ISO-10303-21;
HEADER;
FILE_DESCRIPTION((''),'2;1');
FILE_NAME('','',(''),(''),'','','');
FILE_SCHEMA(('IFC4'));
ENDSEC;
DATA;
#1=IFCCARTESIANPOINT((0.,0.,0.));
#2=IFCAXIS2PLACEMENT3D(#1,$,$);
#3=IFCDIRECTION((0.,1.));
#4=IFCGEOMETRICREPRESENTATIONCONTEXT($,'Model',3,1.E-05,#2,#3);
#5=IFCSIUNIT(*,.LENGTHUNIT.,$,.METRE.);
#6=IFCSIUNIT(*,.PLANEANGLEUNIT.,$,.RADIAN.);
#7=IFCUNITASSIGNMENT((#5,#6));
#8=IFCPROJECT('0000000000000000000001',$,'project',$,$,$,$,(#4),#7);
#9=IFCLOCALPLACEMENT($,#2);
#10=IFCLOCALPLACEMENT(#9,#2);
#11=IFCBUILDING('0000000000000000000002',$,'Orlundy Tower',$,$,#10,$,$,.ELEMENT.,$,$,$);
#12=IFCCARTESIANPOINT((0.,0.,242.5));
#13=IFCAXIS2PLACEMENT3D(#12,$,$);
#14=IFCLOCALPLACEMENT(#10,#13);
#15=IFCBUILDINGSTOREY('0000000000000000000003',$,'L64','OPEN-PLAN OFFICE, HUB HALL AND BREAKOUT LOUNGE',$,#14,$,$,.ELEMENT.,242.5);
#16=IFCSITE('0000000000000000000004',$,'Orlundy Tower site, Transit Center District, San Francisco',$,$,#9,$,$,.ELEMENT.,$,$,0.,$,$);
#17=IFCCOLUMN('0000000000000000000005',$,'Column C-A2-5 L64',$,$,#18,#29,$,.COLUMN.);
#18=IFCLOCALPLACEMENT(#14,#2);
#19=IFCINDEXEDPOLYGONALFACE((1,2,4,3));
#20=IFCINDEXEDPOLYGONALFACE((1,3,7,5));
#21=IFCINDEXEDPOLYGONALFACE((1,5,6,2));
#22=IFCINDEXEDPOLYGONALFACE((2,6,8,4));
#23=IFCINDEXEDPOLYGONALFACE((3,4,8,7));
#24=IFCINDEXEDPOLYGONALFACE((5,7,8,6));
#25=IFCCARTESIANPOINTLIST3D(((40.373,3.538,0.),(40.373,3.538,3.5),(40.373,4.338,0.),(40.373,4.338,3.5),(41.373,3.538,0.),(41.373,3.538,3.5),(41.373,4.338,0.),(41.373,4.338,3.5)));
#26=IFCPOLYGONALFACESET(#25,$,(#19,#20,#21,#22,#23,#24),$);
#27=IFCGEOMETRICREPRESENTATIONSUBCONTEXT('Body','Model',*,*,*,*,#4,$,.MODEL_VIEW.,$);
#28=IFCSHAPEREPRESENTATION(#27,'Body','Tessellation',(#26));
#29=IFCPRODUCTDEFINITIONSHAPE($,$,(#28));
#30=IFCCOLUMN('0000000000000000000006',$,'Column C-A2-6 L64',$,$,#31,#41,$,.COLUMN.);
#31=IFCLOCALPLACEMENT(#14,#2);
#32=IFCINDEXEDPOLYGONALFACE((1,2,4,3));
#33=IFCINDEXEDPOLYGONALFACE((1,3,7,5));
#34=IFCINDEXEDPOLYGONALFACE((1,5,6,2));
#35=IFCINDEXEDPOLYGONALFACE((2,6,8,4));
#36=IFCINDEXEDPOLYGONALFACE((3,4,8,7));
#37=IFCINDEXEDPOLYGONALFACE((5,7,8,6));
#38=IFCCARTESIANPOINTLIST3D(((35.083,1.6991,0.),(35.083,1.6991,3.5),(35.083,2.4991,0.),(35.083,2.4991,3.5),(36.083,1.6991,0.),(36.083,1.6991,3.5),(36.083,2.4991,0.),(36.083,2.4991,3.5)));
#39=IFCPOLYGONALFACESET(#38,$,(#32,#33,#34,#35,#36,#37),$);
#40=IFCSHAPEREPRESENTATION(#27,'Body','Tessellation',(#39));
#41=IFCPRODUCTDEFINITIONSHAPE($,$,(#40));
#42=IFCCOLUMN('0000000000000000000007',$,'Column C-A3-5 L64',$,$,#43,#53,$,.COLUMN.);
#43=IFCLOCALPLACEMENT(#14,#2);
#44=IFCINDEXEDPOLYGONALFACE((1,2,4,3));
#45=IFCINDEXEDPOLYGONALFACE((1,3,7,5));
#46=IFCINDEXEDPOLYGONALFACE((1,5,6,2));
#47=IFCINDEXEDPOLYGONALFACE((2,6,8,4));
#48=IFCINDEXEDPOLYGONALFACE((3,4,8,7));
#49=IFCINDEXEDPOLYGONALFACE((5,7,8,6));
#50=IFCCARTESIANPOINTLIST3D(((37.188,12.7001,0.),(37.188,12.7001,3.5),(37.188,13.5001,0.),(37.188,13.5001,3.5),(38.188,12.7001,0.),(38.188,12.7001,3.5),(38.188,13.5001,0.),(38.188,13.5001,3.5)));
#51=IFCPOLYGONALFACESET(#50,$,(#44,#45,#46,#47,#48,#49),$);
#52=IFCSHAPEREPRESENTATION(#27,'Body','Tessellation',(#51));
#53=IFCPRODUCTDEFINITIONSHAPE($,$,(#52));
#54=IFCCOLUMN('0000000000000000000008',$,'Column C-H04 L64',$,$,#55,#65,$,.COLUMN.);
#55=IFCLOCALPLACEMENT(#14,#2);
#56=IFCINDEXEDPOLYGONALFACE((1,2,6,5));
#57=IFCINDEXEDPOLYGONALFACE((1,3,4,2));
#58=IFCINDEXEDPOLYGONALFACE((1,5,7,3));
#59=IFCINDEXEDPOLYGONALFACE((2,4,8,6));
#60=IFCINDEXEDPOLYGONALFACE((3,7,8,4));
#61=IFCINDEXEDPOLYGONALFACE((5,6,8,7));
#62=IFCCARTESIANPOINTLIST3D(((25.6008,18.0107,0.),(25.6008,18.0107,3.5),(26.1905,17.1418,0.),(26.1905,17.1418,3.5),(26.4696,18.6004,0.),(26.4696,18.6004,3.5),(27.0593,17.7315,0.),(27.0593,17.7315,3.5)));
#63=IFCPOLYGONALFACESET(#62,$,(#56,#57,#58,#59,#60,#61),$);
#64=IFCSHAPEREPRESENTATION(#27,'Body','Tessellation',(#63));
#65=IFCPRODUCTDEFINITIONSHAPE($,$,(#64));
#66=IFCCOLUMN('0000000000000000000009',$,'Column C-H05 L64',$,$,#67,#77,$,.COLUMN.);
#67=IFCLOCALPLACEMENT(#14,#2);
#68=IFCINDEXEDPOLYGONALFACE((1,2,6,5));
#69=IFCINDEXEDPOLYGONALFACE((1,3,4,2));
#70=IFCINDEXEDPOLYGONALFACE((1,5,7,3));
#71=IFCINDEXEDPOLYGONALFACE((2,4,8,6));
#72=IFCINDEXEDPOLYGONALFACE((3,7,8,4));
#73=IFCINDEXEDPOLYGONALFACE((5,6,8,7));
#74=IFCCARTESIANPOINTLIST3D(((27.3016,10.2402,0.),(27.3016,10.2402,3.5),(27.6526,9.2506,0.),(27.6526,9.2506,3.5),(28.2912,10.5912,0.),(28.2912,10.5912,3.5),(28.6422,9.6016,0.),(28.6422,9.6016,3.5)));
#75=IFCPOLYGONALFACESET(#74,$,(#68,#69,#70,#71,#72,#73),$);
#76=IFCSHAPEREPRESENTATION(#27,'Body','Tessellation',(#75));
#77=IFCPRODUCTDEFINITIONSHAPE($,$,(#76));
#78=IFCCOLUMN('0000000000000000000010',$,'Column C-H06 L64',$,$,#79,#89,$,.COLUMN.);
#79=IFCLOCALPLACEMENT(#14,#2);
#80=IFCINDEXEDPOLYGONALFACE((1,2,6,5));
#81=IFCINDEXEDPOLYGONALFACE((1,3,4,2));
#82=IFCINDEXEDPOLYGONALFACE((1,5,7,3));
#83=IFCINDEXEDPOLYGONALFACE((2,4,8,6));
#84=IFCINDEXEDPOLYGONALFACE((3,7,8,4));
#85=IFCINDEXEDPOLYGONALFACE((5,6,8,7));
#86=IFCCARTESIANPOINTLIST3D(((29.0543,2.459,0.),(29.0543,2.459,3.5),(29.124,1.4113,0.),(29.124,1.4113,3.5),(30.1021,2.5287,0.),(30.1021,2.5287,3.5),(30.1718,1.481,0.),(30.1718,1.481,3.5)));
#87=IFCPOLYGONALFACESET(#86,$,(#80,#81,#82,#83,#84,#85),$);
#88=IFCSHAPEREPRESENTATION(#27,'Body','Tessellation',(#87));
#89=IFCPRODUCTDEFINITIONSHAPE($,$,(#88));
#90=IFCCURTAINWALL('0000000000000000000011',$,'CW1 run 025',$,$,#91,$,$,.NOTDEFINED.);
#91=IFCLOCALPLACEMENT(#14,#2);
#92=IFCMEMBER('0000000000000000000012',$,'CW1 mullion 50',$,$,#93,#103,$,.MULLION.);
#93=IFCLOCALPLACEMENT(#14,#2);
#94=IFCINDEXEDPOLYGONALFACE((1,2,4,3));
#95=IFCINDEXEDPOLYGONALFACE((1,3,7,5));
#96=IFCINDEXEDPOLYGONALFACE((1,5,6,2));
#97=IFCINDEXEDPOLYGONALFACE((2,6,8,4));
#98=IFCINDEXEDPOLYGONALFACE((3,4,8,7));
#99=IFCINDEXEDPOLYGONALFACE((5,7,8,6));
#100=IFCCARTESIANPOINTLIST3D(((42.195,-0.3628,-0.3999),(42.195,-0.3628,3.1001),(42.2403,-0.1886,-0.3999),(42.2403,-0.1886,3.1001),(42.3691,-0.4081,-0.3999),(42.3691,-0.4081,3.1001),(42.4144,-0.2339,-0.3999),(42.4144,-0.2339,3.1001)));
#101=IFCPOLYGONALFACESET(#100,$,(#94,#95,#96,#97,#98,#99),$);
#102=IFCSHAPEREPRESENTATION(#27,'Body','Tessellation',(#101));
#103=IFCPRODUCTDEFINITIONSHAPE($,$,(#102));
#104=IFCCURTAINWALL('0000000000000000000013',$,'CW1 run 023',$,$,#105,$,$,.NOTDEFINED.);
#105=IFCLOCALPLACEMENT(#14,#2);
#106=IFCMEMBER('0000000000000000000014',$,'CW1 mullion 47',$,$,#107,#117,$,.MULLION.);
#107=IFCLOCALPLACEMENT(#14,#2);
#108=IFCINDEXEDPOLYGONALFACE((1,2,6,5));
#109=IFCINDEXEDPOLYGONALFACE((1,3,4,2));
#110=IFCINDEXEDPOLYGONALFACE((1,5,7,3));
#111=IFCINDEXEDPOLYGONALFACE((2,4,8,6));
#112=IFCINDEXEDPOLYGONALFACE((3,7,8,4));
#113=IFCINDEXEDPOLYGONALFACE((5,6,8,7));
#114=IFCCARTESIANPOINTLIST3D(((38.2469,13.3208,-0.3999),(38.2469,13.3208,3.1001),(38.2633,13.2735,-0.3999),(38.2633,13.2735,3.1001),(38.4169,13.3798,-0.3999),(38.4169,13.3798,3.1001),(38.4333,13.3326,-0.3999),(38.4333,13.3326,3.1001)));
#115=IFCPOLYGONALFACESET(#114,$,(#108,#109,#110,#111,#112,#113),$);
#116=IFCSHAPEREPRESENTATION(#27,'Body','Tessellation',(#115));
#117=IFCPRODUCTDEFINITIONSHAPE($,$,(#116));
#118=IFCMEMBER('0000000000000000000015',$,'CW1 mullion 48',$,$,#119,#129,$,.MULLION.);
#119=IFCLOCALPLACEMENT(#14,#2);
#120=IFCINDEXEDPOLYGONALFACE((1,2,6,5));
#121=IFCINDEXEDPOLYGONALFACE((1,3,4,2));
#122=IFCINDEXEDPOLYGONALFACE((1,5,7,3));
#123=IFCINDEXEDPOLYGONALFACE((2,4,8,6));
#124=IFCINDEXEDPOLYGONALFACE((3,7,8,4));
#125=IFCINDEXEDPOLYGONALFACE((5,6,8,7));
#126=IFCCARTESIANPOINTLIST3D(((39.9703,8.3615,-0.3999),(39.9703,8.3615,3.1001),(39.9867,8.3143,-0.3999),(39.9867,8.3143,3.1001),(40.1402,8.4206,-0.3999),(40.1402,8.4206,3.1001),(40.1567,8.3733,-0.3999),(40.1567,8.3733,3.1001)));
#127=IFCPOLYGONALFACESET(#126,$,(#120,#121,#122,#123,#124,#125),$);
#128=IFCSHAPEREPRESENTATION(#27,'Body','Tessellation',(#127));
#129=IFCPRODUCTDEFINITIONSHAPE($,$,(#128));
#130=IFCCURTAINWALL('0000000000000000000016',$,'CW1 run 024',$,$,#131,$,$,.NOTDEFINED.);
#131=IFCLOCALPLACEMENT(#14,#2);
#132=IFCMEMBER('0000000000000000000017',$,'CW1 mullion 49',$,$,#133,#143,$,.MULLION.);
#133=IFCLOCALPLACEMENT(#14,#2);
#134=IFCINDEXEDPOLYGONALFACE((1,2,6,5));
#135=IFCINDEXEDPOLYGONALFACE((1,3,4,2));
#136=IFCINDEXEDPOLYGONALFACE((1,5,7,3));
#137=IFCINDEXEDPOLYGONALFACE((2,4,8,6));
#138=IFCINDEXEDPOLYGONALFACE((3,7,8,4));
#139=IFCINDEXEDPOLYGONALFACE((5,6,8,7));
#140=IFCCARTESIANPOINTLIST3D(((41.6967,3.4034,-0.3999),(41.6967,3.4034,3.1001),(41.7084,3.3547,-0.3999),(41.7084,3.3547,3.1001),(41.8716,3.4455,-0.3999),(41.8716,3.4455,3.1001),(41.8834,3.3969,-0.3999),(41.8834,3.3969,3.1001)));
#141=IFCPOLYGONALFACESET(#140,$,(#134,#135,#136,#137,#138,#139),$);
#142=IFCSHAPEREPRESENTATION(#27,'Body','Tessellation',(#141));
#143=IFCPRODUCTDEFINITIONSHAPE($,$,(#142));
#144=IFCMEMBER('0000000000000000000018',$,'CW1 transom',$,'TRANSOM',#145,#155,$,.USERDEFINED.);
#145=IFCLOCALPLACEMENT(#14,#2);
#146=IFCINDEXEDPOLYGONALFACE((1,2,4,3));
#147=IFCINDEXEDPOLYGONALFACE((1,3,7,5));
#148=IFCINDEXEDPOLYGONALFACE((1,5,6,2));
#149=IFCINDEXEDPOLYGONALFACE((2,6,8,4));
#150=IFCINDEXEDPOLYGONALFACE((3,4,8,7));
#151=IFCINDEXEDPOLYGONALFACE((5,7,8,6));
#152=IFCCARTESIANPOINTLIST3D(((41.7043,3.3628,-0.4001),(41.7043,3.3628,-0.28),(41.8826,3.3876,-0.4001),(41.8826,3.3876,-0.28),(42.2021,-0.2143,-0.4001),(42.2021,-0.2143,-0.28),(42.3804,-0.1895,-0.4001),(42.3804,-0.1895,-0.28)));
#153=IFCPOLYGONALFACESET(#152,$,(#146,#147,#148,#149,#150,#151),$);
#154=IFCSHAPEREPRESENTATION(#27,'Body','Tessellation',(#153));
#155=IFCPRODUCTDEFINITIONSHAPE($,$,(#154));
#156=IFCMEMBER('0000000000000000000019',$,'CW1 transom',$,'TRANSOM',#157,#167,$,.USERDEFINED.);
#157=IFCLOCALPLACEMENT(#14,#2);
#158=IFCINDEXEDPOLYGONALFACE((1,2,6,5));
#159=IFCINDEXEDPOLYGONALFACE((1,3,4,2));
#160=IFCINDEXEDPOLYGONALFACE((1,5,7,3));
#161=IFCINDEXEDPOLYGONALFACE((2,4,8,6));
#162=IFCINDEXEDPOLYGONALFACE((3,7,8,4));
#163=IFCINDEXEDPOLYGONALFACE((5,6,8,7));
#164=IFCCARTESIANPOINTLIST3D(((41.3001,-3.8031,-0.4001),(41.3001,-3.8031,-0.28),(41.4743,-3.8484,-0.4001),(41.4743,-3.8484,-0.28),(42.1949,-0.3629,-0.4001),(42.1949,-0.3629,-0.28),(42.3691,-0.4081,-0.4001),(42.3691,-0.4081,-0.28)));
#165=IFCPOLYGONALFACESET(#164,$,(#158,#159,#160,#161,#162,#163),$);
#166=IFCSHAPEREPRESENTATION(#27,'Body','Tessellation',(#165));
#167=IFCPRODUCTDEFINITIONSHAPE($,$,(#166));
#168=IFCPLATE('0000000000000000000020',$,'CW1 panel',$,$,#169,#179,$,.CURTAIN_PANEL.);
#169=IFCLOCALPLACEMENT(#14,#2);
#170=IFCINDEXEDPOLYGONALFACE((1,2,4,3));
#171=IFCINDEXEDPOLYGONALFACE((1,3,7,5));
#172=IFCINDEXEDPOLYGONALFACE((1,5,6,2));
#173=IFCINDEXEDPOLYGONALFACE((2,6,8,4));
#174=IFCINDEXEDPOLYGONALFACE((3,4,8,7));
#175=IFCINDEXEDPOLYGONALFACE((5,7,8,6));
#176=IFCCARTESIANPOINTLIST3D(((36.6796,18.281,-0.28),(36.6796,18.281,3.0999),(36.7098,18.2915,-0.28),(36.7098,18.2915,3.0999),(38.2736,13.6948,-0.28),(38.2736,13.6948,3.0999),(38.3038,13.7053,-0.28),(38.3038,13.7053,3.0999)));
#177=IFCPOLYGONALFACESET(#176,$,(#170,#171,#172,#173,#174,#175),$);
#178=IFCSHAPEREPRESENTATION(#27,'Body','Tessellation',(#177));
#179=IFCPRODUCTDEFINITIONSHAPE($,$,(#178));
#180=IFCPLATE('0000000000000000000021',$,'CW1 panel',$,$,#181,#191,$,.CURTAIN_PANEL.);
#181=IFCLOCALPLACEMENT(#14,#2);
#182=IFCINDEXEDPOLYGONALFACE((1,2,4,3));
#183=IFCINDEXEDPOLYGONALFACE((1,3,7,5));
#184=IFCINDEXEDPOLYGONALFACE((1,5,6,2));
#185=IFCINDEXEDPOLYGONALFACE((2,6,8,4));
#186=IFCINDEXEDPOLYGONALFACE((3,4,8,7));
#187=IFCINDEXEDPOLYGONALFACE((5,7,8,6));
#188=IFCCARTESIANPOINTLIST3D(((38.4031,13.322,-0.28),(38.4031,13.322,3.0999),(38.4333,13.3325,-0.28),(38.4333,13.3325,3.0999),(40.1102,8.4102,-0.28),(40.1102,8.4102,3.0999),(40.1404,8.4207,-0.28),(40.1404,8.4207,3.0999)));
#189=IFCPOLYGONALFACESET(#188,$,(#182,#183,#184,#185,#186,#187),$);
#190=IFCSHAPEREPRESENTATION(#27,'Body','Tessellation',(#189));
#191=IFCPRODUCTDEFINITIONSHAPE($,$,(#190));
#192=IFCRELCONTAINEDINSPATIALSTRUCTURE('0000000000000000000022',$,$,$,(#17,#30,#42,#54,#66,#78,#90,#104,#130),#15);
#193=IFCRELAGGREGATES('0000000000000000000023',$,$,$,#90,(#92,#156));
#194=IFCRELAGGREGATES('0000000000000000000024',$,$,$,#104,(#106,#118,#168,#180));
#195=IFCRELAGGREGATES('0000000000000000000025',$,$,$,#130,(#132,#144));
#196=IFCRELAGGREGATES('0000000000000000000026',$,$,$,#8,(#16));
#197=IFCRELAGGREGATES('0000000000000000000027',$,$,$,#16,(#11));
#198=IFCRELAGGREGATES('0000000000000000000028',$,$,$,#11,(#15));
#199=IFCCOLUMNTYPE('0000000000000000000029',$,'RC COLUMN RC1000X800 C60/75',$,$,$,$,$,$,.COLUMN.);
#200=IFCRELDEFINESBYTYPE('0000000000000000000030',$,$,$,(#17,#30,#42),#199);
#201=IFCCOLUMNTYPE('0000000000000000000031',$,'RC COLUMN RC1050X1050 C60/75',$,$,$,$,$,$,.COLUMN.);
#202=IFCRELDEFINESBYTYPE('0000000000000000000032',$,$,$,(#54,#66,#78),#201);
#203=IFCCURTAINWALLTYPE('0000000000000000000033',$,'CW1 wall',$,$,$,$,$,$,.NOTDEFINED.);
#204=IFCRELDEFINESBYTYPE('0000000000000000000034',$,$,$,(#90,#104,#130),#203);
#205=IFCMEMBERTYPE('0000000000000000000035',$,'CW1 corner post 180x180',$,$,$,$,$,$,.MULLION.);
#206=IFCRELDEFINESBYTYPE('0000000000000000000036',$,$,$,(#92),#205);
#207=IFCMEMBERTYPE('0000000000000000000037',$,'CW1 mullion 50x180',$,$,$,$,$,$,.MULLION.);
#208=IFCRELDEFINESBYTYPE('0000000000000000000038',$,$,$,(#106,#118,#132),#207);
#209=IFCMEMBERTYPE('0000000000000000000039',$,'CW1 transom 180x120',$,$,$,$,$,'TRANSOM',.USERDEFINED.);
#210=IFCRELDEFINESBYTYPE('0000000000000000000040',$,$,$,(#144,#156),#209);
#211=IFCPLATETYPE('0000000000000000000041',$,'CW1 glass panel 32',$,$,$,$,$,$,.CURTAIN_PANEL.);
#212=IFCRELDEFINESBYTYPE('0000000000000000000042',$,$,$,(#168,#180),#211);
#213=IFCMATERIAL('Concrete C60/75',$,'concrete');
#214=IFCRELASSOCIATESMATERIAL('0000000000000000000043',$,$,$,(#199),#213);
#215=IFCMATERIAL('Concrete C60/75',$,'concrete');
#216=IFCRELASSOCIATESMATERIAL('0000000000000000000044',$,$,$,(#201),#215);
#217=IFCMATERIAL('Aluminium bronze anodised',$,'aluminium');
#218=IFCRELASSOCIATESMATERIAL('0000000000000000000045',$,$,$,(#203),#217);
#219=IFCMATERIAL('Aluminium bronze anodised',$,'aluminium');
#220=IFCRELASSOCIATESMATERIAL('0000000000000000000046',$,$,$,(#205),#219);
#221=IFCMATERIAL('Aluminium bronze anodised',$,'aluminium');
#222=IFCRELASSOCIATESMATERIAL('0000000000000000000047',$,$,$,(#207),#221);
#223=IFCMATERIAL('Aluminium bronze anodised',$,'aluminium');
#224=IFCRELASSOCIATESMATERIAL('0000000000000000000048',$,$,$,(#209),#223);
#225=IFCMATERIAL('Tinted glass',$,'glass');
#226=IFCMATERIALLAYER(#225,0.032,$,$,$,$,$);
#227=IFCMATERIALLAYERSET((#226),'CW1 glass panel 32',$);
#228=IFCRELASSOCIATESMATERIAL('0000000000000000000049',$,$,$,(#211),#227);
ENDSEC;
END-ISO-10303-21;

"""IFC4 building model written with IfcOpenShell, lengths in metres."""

from ifc_helpers import new_model, si_unit, direction, frame, origin, origin_2d, place, context, subcontext, project, spatial, rectangle, extrude, material, layer, layer_set, material_profile, profile_set, type_object, element, aggregate, save


model = new_model("IFC4")

# Units and contexts
model_context = context("Model", 3, precision=1e-05, world=origin(), true_north=direction((0.0, 1.0)))
body_context = subcontext(model_context, "Body", "Model", "MODEL_VIEW")
ifc_project = project(units=[si_unit("LENGTHUNIT", "METRE"), si_unit("PLANEANGLEUNIT", "RADIAN")], contexts=[model_context])

# Site, building, storey
site_placement = place(None, origin())
site = spatial("IfcSite", under=ifc_project, at=site_placement, Name="Orlundy Tower site, Transit Center District, San Francisco", CompositionType="ELEMENT", RefElevation=0.0)
building_placement = place(site_placement, origin())
building = spatial("IfcBuilding", under=site, at=building_placement, Name="Orlundy Tower", CompositionType="ELEMENT")
storey_placement = place(building_placement, frame((0.0, 0.0, 242.5)))
storey = spatial("IfcBuildingStorey", under=building, at=storey_placement, Name="L64", Description="OPEN-PLAN OFFICE, HUB HALL AND BREAKOUT LOUNGE", CompositionType="ELEMENT", Elevation=242.5)

# Columns
ifc_material_1 = material(Name="Concrete C60/75", Category="concrete")
ifc_material_profile_1 = material_profile(ifc_material_1, rectangle(XDim=1.0, YDim=0.8, at=origin_2d()), Name="RC1000X800")
ifc_profile_set_1 = profile_set([ifc_material_profile_1], Name="Concrete C60/75")
column_type_1 = type_object("IfcColumnType", Name="RC COLUMN RC1000X800 C60/75", PredefinedType="COLUMN", material=ifc_profile_set_1)
for number, where, z_axis, x_axis, name in (
    (1, (40.873, 3.938, 0.0), (0.0, 0.0, 1.0), (1.0, 0.0, 0.0), "Column C-A2-5 L64"),
    (2, (35.583, 2.0991, 0.0), (0.0, 0.0, 1.0), (1.0, 0.0, 0.0), "Column C-A2-6 L64"),
    (3, (37.688, 13.1001, 0.0), (0.0, 0.0, 1.0), (1.0, 0.0, 0.0), "Column C-A3-5 L64"),
):
    element("IfcColumn", number, at=place(storey_placement, frame(where, z_axis=z_axis, x_axis=x_axis)), inside=storey, type_object=column_type_1, Name=name, PredefinedType="COLUMN", context=body_context, shape_type="SweptSolid", body=[
        extrude(rectangle(XDim=1.0, YDim=0.8, at=origin_2d()), origin(), (0.0, 0.0, 1.0), 3.5),
    ])
ifc_material_2 = material(Name="Concrete C60/75", Category="concrete")
ifc_material_profile_2 = material_profile(ifc_material_2, rectangle(XDim=1.05, YDim=1.05, at=origin_2d()), Name="RC1050X1050")
ifc_profile_set_2 = profile_set([ifc_material_profile_2], Name="Concrete C60/75")
column_type_2 = type_object("IfcColumnType", Name="RC COLUMN RC1050X1050 C60/75", PredefinedType="COLUMN", material=ifc_profile_set_2)
for number, where, z_axis, x_axis, name in (
    (4, (26.3301, 17.8711, 0.0), (0.0, 0.0, 1.0), (0.827414, 0.561592, 0.0), "Column C-H04 L64"),
    (5, (27.9719, 9.9209, 0.0), (0.0, 0.0, 1.0), (0.942478, 0.334267, 0.0), "Column C-H05 L64"),
    (6, (29.613, 1.97, 0.0), (0.0, 0.0, 1.0), (0.997795, 0.066378, 0.0), "Column C-H06 L64"),
):
    element("IfcColumn", number, at=place(storey_placement, frame(where, z_axis=z_axis, x_axis=x_axis)), inside=storey, type_object=column_type_2, Name=name, PredefinedType="COLUMN", context=body_context, shape_type="SweptSolid", body=[
        extrude(rectangle(XDim=1.05, YDim=1.05, at=origin_2d()), origin(), (0.0, 0.0, 1.0), 3.5),
    ])

# Curtain wall, member
ifc_material_3 = material(Name="Aluminium bronze anodised", Category="aluminium")
curtain_wall_type = type_object("IfcCurtainWallType", Name="CW1 wall", PredefinedType="NOTDEFINED", material=ifc_material_3)
curtain_wall_1_placement = place(storey_placement, origin())
curtain_wall_1 = element("IfcCurtainWall", 7, at=curtain_wall_1_placement, inside=storey, type_object=curtain_wall_type, Name="CW1 run 025", PredefinedType="NOTDEFINED")
ifc_material_4 = material(Name="Aluminium bronze anodised", Category="aluminium")
ifc_material_profile_3 = material_profile(ifc_material_4, rectangle(XDim=0.1799, YDim=0.1799, at=origin_2d()), Name="CW1 corner post 180x180")
ifc_profile_set_3 = profile_set([ifc_material_profile_3], Name="Aluminium bronze anodised")
member_type_1 = type_object("IfcMemberType", Name="CW1 corner post 180x180", PredefinedType="MULLION", material=ifc_profile_set_3)
member_1_placement = place(storey_placement, frame((42.3047, -0.2983, -0.3999), z_axis=(0.0, 0.0, 1.0), x_axis=(0.967798, -0.25173, 0.0)))
member_1 = element("IfcMember", 8, at=member_1_placement, type_object=member_type_1, Name="CW1 mullion 50", PredefinedType="MULLION", context=body_context, shape_type="SweptSolid", body=[
    extrude(rectangle(XDim=0.1799, YDim=0.1799, at=origin_2d()), origin(), (0.0, 0.0, 1.0), 3.5),
])

# Curtain walls, members
curtain_wall_2_placement = place(storey_placement, origin())
curtain_wall_2 = element("IfcCurtainWall", 9, at=curtain_wall_2_placement, inside=storey, type_object=curtain_wall_type, Name="CW1 run 023", PredefinedType="NOTDEFINED")
ifc_material_5 = material(Name="Aluminium bronze anodised", Category="aluminium")
ifc_material_profile_4 = material_profile(ifc_material_5, rectangle(XDim=0.1799, YDim=0.05, at=origin_2d()), Name="CW1 mullion 50x180")
ifc_profile_set_4 = profile_set([ifc_material_profile_4], Name="Aluminium bronze anodised")
member_type_2 = type_object("IfcMemberType", Name="CW1 mullion 50x180", PredefinedType="MULLION", material=ifc_profile_set_4)
member_2_placement = place(storey_placement, frame((38.3401, 13.3267, -0.3999), z_axis=(0.0, 0.0, 1.0), x_axis=(0.944578, 0.328288, 0.0)))
member_2 = element("IfcMember", 10, at=member_2_placement, type_object=member_type_2, Name="CW1 mullion 47", PredefinedType="MULLION", context=body_context, shape_type="SweptSolid", body=[
    extrude(rectangle(XDim=0.1799, YDim=0.05, at=origin_2d()), origin(), (0.0, 0.0, 1.0), 3.5),
])
member_3_placement = place(storey_placement, frame((40.0635, 8.3674, -0.3999), z_axis=(0.0, 0.0, 1.0), x_axis=(0.944578, 0.328288, 0.0)))
member_3 = element("IfcMember", 11, at=member_3_placement, type_object=member_type_2, Name="CW1 mullion 48", PredefinedType="MULLION", context=body_context, shape_type="SweptSolid", body=[
    extrude(rectangle(XDim=0.1799, YDim=0.05, at=origin_2d()), origin(), (0.0, 0.0, 1.0), 3.5),
])
curtain_wall_3_placement = place(storey_placement, origin())
curtain_wall_3 = element("IfcCurtainWall", 12, at=curtain_wall_3_placement, inside=storey, type_object=curtain_wall_type, Name="CW1 run 024", PredefinedType="NOTDEFINED")
member_4_placement = place(storey_placement, frame((41.79, 3.4001, -0.3999), z_axis=(0.0, 0.0, 1.0), x_axis=(0.972192, 0.234187, 0.0)))
member_4 = element("IfcMember", 13, at=member_4_placement, type_object=member_type_2, Name="CW1 mullion 49", PredefinedType="MULLION", context=body_context, shape_type="SweptSolid", body=[
    extrude(rectangle(XDim=0.1799, YDim=0.05, at=origin_2d()), origin(), (0.0, 0.0, 1.0), 3.5),
])
ifc_material_6 = material(Name="Aluminium bronze anodised", Category="aluminium")
ifc_material_profile_5 = material_profile(ifc_material_6, rectangle(XDim=0.1799, YDim=0.1201, at=origin_2d()), Name="CW1 transom 180x120")
ifc_profile_set_5 = profile_set([ifc_material_profile_5], Name="Aluminium bronze anodised")
member_type_3 = type_object("IfcMemberType", Name="CW1 transom 180x120", ElementType="TRANSOM", PredefinedType="USERDEFINED", material=ifc_profile_set_5)
member_5_placement = place(storey_placement, frame((41.7935, 3.3752, -0.3401), z_axis=(0.137834, -0.990455, 0.0), x_axis=(0.990455, 0.137834, 0.0)))
member_5 = element("IfcMember", 14, at=member_5_placement, type_object=member_type_3, Name="CW1 transom", ObjectType="TRANSOM", PredefinedType="USERDEFINED", context=body_context, shape_type="SweptSolid", body=[
    extrude(rectangle(XDim=0.1799, YDim=0.1201, at=origin_2d()), origin(), (0.0, 0.0, 1.0), 3.6116),
])

# Member
member_6_placement = place(storey_placement, frame((42.282, -0.3855, -0.3401), z_axis=(-0.25172, -0.9678, 0.0), x_axis=(0.9678, -0.25172, 0.0)))
member_6 = element("IfcMember", 15, at=member_6_placement, type_object=member_type_3, Name="CW1 transom", ObjectType="TRANSOM", PredefinedType="USERDEFINED", context=body_context, shape_type="SweptSolid", body=[
    extrude(rectangle(XDim=0.1799, YDim=0.1201, at=origin_2d()), origin(), (0.0, 0.0, 1.0), 3.5547),
])
aggregate(curtain_wall_1, [member_1, member_6])

# Plates
ifc_material_7 = material(Name="Tinted glass", Category="glass")
ifc_layer_1 = layer(ifc_material_7, 0.032)
ifc_layer_set_1 = layer_set([ifc_layer_1], Name="CW1 glass panel 32")
plate_type = type_object("IfcPlateType", Name="CW1 glass panel 32", PredefinedType="CURTAIN_PANEL", material=ifc_layer_set_1)
plate_1_placement = place(storey_placement, frame((37.4917, 15.9932, -0.28), z_axis=(0.0, 0.0, 1.0), x_axis=(0.328288, -0.944578, 0.0)))
plate_1 = element("IfcPlate", 16, at=plate_1_placement, type_object=plate_type, Name="CW1 panel", PredefinedType="CURTAIN_PANEL", context=body_context, shape_type="SweptSolid", body=[
    extrude(rectangle(XDim=4.8552, YDim=0.032, at=origin_2d()), origin(), (0.0, 0.0, 1.0), 3.3799),
])
plate_2_placement = place(storey_placement, frame((39.2717, 10.8713, -0.28), z_axis=(0.0, 0.0, 1.0), x_axis=(0.328288, -0.944578, 0.0)))
plate_2 = element("IfcPlate", 17, at=plate_2_placement, type_object=plate_type, Name="CW1 panel", PredefinedType="CURTAIN_PANEL", context=body_context, shape_type="SweptSolid", body=[
    extrude(rectangle(XDim=5.2, YDim=0.032, at=origin_2d()), origin(), (0.0, 0.0, 1.0), 3.3799),
])
aggregate(curtain_wall_2, [member_2, member_3, plate_1, plate_2])
aggregate(curtain_wall_3, [member_4, member_5])

save(model, "model.ifc")
